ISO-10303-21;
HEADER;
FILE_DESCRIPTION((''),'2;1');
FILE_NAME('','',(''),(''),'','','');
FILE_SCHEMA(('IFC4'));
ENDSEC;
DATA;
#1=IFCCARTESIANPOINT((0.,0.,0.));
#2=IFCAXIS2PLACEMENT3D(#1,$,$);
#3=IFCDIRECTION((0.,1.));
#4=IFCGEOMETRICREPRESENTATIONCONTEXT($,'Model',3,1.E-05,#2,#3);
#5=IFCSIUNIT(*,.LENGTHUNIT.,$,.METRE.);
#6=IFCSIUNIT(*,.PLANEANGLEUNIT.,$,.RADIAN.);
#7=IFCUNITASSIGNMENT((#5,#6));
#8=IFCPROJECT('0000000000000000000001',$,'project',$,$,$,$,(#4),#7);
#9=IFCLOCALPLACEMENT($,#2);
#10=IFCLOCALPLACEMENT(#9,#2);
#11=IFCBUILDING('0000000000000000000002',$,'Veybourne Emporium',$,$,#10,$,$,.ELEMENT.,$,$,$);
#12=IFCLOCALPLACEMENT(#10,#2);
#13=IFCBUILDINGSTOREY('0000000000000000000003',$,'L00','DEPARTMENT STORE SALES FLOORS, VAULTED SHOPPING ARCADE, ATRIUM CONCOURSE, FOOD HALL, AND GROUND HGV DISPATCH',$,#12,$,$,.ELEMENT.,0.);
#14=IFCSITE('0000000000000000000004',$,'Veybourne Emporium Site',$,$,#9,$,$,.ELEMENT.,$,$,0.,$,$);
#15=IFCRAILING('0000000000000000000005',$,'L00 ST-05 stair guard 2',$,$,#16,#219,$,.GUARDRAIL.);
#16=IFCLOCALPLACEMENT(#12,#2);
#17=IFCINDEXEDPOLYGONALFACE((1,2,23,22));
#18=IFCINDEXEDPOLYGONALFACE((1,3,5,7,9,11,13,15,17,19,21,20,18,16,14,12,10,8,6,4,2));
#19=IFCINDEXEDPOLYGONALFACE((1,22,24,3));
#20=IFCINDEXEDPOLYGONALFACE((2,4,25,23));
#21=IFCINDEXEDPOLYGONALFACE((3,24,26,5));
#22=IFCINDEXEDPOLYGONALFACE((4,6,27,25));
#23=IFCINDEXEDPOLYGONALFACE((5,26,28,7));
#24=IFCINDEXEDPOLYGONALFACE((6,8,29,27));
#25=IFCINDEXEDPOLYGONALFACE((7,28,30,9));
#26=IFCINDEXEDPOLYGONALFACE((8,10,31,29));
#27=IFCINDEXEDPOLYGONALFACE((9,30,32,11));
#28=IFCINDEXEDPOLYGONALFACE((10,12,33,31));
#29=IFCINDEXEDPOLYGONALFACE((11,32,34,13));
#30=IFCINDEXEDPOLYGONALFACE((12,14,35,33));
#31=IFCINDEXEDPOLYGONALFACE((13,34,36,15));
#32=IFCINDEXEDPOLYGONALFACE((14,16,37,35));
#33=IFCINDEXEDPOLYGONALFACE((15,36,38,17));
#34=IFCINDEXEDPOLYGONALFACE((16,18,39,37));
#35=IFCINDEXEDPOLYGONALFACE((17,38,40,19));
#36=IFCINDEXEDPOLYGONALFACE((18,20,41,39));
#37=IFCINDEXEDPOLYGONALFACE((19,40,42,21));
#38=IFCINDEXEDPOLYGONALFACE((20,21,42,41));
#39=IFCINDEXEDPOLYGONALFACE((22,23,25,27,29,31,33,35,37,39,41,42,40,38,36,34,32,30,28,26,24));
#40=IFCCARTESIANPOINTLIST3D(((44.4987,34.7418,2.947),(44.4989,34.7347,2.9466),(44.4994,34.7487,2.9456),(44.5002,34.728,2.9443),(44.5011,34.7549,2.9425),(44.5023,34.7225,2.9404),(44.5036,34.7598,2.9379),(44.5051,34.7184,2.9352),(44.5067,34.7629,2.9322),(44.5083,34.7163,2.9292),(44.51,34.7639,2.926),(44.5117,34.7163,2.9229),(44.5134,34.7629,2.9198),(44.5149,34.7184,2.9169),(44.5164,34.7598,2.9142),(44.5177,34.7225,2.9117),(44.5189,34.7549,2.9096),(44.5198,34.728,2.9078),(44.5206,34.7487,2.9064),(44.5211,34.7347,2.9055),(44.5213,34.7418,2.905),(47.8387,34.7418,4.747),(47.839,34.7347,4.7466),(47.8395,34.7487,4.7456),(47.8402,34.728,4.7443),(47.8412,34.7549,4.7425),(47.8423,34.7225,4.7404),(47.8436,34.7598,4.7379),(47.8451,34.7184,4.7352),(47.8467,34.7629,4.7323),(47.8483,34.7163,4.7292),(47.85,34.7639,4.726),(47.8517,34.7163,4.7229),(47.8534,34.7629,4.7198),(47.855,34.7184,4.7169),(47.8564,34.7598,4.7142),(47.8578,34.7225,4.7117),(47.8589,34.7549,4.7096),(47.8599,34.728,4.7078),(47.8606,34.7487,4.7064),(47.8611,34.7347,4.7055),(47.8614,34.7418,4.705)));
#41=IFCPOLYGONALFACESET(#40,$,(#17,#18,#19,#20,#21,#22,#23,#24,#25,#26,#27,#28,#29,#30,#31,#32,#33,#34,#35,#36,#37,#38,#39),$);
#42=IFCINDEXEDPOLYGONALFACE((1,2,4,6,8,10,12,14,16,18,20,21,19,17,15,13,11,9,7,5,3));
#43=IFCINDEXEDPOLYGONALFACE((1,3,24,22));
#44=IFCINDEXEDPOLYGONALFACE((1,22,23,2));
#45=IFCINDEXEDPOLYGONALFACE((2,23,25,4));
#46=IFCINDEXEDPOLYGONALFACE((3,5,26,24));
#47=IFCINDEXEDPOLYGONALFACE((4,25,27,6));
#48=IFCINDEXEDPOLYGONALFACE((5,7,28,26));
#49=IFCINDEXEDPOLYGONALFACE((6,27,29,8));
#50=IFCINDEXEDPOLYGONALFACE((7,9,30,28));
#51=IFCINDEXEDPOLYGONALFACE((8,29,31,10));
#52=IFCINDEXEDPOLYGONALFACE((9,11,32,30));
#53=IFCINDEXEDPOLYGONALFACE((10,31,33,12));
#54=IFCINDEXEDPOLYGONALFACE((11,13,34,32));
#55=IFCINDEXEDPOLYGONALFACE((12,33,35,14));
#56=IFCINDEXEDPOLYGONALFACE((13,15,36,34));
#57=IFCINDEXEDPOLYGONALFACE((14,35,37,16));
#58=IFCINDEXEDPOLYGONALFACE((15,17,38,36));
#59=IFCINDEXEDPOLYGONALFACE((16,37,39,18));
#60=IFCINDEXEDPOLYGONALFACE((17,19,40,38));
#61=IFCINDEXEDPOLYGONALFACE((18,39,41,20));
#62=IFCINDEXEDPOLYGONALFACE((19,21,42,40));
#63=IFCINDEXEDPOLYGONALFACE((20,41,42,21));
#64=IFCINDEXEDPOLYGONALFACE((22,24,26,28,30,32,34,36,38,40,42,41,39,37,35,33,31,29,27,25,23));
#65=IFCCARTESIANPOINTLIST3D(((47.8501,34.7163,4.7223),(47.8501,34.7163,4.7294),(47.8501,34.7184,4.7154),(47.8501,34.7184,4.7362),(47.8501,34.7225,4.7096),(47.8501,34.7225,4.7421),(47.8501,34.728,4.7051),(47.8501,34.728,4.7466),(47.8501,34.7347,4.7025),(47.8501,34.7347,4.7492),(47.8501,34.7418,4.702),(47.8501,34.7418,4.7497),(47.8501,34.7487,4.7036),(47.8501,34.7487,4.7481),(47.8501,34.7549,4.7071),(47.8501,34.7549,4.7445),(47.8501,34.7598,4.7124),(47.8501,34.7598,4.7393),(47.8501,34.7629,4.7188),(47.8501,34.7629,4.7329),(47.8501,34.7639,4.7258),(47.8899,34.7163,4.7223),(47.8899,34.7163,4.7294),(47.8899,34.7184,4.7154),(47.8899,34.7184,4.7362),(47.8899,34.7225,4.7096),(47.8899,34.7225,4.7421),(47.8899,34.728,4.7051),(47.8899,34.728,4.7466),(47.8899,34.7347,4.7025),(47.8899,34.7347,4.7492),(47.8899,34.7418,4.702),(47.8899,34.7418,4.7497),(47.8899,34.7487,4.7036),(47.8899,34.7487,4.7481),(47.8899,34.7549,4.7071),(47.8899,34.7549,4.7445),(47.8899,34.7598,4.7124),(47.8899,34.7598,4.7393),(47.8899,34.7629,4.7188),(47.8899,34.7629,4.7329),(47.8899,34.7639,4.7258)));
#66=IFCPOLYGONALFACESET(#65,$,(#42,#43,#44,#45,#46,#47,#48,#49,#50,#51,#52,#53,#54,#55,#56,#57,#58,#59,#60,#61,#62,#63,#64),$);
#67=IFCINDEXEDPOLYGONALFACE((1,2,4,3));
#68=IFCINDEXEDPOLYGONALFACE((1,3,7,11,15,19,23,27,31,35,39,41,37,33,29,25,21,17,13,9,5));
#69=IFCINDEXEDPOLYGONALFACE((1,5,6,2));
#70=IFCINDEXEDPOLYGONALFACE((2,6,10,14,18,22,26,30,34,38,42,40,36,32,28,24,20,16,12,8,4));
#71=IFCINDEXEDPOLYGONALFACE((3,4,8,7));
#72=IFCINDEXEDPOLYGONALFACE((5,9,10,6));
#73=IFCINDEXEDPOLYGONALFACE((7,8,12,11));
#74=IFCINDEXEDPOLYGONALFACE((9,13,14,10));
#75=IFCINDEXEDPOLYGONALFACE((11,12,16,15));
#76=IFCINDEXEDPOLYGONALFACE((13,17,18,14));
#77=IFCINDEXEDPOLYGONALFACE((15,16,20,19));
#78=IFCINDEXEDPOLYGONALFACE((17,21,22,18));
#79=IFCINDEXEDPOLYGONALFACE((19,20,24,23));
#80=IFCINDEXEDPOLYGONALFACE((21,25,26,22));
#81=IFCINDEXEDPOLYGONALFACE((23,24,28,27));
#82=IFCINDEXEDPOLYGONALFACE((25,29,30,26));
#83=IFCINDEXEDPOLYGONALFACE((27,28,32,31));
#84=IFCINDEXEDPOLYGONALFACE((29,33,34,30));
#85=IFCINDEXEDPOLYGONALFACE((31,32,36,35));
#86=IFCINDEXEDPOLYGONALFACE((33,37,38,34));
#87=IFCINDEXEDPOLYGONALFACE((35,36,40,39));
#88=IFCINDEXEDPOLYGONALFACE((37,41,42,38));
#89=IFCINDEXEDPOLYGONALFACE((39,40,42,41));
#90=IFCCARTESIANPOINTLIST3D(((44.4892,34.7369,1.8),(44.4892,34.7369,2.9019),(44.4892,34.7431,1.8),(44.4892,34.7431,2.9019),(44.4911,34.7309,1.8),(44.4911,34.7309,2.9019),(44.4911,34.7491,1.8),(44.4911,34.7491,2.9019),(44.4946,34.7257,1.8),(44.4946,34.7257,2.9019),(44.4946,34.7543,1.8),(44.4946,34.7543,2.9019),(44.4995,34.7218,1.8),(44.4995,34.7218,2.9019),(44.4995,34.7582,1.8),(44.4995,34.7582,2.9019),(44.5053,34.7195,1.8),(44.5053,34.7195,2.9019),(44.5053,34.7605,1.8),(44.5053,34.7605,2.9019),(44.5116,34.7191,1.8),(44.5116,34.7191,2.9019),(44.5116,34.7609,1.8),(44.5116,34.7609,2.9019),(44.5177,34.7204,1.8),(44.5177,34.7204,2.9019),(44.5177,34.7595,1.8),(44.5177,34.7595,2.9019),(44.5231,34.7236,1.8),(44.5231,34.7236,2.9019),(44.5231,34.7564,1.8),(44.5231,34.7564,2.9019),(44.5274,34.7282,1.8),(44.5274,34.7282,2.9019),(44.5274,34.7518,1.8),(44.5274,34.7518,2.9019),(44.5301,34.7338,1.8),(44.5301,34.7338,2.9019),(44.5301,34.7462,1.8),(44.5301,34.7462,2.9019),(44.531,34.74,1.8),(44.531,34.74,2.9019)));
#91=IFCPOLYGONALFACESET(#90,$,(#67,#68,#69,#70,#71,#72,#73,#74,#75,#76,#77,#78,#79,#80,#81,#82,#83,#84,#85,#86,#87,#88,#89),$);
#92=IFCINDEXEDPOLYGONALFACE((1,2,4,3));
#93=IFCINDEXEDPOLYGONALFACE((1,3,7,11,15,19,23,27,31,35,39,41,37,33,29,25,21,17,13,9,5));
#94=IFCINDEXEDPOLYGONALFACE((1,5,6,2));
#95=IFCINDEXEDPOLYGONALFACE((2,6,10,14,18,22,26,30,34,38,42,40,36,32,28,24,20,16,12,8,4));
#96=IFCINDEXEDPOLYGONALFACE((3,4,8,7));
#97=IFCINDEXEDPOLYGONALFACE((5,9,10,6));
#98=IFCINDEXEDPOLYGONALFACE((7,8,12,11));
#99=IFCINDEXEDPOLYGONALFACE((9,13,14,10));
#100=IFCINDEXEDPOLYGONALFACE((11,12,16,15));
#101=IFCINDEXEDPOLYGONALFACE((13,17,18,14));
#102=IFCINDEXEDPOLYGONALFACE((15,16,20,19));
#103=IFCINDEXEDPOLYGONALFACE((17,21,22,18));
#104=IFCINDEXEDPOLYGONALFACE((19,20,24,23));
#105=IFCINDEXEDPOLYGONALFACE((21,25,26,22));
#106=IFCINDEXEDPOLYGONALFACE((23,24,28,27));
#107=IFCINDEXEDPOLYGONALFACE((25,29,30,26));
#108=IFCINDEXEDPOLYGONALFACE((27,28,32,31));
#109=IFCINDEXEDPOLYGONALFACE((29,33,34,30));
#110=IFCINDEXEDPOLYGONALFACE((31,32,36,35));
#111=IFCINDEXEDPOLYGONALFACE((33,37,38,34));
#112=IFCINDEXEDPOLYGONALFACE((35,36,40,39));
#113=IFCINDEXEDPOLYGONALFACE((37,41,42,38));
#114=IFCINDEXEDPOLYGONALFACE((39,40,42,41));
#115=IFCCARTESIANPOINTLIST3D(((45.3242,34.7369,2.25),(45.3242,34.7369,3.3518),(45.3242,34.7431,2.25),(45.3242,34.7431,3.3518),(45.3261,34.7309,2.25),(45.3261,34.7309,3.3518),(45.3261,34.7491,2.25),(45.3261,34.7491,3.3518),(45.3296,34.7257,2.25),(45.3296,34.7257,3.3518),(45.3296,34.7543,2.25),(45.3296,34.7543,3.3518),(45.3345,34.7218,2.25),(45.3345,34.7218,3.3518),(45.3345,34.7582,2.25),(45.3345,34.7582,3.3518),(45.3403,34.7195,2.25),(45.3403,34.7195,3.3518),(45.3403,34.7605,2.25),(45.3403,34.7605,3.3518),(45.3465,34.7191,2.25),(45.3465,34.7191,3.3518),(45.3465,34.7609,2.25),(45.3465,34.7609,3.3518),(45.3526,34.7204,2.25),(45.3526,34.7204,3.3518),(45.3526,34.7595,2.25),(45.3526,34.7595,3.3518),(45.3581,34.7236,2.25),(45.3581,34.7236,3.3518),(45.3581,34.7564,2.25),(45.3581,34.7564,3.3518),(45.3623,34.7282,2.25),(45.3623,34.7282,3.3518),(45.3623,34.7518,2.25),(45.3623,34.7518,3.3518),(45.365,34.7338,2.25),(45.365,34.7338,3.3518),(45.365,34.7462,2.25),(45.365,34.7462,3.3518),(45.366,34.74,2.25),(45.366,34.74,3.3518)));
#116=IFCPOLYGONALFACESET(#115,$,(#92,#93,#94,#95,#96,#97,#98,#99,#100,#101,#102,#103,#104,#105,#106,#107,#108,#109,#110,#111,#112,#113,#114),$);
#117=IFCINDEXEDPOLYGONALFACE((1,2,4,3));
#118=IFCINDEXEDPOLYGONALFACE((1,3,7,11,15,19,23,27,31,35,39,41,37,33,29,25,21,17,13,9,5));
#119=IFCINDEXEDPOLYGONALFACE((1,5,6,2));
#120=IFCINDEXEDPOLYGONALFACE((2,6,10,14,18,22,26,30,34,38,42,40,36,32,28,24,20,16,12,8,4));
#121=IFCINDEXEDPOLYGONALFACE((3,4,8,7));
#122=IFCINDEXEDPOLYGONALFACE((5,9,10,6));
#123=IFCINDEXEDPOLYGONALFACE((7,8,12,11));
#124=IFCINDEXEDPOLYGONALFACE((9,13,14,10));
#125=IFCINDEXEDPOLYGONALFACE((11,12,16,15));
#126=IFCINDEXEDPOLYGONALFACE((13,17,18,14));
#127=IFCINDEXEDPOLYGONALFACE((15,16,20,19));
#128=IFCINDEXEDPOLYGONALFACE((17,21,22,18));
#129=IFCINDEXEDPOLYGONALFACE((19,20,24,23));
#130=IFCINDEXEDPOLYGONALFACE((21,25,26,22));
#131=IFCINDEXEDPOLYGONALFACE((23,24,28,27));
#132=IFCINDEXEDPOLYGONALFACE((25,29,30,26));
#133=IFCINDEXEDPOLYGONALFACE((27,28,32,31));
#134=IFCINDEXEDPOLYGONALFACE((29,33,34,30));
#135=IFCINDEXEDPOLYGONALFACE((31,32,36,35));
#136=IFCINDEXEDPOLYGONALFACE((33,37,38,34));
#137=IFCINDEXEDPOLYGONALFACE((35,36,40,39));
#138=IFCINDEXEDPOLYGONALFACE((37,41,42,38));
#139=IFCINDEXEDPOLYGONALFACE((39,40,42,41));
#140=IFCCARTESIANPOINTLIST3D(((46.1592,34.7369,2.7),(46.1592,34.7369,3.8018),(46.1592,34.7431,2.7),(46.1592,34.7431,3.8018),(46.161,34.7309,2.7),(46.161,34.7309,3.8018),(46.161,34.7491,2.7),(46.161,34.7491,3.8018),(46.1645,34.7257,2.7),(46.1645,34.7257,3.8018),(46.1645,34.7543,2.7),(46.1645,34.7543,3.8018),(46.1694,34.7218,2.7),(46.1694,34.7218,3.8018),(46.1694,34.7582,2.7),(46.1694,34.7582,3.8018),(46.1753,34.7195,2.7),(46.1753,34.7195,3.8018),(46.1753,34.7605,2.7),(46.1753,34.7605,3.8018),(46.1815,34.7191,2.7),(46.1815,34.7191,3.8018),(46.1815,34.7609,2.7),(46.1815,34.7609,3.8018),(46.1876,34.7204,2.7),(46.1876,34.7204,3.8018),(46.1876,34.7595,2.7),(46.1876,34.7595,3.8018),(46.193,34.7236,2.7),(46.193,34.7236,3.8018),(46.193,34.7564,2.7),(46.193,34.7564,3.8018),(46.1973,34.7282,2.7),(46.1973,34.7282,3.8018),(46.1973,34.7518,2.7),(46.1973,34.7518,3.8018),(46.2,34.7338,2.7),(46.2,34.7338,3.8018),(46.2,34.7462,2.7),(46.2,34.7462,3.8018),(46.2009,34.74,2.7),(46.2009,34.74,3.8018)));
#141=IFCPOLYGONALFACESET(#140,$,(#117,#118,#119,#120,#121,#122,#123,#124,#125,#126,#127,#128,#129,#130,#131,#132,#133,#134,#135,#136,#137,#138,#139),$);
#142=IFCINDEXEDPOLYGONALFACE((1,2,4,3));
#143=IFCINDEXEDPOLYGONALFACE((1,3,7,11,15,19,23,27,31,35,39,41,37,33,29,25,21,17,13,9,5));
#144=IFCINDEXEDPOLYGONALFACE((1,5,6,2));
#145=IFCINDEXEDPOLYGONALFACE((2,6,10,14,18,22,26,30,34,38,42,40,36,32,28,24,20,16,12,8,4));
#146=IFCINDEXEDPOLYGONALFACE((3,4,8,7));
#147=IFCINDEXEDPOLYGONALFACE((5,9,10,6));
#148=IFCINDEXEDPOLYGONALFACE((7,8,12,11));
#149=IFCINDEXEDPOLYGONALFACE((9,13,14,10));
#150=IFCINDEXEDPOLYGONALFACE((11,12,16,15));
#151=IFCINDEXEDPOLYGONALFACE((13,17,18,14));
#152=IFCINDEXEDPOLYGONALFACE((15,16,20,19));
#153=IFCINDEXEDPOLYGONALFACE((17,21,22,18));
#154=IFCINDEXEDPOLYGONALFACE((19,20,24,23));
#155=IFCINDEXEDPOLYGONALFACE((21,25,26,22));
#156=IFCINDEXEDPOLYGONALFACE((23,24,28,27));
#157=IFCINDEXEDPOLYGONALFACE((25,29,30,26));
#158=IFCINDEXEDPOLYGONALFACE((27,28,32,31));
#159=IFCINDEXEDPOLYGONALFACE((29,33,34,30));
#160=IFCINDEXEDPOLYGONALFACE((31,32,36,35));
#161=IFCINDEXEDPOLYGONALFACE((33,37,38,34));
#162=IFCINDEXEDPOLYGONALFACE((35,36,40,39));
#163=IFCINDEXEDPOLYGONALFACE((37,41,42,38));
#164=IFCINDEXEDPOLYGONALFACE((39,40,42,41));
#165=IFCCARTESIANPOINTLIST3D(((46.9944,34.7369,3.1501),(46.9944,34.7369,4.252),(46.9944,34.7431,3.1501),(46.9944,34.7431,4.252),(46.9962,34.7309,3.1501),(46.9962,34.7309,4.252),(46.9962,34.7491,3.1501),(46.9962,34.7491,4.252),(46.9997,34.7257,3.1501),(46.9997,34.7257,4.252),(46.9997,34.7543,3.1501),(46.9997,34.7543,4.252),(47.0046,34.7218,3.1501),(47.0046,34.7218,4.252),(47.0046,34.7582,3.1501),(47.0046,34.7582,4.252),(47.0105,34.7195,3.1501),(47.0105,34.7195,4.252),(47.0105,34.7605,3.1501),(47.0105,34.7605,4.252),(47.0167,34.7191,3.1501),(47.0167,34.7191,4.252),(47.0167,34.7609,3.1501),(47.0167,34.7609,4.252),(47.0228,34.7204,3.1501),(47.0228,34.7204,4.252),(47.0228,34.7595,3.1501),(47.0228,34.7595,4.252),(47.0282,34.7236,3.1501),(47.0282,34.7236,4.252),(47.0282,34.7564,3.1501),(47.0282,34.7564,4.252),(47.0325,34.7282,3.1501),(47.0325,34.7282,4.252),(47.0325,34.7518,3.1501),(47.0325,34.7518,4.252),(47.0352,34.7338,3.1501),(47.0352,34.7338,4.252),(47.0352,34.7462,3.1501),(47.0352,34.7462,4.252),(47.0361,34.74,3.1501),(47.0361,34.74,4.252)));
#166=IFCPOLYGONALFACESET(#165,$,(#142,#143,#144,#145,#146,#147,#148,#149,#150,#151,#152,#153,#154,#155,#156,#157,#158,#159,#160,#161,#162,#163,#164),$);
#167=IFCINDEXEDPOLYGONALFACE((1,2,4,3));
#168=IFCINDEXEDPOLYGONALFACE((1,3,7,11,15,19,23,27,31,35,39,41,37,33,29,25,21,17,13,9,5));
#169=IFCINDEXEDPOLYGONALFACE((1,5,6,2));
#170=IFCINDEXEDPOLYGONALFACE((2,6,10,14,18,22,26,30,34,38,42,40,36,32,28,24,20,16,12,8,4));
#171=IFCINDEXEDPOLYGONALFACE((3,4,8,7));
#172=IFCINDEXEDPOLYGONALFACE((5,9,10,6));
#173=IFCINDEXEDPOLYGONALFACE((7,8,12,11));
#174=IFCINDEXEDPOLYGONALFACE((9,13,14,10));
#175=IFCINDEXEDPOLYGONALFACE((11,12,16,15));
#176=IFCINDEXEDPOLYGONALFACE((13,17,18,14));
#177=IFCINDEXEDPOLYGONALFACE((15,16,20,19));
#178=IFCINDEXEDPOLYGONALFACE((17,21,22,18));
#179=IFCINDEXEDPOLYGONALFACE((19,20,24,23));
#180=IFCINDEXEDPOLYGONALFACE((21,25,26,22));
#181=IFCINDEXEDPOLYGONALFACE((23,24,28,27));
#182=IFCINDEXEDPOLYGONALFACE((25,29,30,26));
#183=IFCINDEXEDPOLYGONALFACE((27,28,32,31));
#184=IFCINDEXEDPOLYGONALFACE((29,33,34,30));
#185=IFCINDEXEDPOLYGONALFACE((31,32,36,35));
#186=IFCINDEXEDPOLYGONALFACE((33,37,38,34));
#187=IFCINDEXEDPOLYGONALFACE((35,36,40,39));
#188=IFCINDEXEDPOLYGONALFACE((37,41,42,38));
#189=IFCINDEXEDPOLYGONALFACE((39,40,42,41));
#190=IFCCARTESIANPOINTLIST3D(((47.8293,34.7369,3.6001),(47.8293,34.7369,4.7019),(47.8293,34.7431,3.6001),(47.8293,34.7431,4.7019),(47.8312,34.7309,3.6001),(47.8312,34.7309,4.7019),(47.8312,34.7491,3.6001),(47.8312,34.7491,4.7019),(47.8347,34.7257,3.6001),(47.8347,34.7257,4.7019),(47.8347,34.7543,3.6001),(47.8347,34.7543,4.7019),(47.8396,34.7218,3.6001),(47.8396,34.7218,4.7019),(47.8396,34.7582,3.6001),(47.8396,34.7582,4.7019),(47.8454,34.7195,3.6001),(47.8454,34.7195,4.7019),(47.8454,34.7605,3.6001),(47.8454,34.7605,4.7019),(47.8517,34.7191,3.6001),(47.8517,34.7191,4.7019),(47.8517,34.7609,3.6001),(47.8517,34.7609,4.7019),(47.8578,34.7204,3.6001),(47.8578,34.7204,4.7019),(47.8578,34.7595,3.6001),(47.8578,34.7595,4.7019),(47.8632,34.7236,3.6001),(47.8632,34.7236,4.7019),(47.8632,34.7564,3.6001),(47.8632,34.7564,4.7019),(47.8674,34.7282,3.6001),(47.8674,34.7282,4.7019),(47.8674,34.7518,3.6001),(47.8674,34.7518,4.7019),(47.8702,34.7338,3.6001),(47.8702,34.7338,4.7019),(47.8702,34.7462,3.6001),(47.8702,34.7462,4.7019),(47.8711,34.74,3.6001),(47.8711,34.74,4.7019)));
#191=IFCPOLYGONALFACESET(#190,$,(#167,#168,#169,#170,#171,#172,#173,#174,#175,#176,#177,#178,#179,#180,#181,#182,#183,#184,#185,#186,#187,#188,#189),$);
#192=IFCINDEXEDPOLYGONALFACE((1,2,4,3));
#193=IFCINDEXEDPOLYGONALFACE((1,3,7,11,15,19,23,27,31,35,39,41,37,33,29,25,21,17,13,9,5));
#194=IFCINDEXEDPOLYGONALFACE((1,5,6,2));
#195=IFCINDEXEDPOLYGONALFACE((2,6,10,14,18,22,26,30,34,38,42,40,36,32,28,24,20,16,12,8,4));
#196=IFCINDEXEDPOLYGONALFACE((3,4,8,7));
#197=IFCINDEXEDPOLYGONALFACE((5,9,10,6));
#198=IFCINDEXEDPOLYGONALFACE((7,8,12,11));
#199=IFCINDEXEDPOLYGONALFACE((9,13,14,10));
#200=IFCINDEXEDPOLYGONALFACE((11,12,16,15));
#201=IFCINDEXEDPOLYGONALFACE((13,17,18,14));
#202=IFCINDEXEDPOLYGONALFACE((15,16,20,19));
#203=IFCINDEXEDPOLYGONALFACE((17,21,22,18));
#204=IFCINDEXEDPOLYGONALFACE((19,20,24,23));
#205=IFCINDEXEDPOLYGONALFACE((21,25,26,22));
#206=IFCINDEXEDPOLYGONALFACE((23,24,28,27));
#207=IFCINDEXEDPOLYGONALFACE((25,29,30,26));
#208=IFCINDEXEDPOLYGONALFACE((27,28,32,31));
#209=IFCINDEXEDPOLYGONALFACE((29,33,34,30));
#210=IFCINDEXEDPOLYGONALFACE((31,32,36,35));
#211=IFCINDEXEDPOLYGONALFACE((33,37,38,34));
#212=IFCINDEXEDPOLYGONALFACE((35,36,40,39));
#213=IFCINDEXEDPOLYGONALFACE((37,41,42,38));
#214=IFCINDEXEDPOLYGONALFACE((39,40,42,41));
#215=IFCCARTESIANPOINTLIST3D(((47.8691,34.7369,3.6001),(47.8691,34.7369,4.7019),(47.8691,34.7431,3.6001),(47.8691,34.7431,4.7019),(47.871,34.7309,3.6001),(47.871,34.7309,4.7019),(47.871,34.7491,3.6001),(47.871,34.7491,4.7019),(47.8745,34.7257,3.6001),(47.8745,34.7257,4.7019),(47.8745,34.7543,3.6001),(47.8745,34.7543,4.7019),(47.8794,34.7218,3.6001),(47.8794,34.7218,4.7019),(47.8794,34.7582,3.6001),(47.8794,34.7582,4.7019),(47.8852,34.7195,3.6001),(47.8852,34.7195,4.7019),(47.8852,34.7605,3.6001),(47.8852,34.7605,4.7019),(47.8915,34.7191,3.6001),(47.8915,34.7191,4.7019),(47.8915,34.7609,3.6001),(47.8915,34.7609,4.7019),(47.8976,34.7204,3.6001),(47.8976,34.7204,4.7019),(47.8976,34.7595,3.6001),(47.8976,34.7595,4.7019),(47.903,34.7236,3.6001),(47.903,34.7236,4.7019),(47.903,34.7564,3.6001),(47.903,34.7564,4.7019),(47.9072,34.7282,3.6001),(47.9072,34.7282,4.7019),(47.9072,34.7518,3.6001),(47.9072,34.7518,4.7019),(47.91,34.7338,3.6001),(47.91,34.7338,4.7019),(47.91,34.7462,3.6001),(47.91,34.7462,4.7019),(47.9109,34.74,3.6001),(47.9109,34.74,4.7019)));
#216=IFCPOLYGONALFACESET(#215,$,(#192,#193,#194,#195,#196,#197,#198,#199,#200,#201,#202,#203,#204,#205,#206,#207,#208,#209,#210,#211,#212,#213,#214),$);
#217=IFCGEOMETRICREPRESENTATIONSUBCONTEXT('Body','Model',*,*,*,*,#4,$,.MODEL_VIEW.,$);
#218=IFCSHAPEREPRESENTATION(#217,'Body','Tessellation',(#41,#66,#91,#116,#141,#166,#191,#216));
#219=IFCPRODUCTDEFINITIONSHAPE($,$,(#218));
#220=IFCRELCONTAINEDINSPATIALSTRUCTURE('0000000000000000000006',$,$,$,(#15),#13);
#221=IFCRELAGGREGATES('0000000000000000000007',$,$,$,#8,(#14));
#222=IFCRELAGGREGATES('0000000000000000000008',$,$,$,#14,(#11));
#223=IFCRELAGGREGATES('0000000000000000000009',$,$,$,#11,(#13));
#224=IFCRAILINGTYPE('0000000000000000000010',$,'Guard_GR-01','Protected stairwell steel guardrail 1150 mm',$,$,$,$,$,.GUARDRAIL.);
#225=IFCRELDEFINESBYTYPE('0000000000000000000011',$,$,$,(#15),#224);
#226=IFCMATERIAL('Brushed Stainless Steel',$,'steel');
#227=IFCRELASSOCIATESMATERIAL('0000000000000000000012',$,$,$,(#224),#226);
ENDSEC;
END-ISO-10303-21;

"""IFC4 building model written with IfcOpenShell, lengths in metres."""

from ifc_helpers import new_model, si_unit, direction, frame, origin, origin_2d, place, context, subcontext, project, spatial, circle, extrude, material, type_object, element, save


model = new_model("IFC4")

# Units and contexts
model_context = context("Model", 3, precision=1e-05, world=origin(), true_north=direction((0.0, 1.0)))
body_context = subcontext(model_context, "Body", "Model", "MODEL_VIEW")
ifc_project = project(units=[si_unit("LENGTHUNIT", "METRE"), si_unit("PLANEANGLEUNIT", "RADIAN")], contexts=[model_context])

# Site, building, storey
site_placement = place(None, origin())
site = spatial("IfcSite", under=ifc_project, at=site_placement, Name="Veybourne Emporium Site", CompositionType="ELEMENT", RefElevation=0.0)
building_placement = place(site_placement, origin())
building = spatial("IfcBuilding", under=site, at=building_placement, Name="Veybourne Emporium", CompositionType="ELEMENT")
storey_placement = place(building_placement, origin())
storey = spatial("IfcBuildingStorey", under=building, at=storey_placement, Name="L00", Description="DEPARTMENT STORE SALES FLOORS, VAULTED SHOPPING ARCADE, ATRIUM CONCOURSE, FOOD HALL, AND GROUND HGV DISPATCH", CompositionType="ELEMENT", Elevation=0.0)

# Railing
ifc_material_1 = material(Name="Brushed Stainless Steel", Category="steel")
railing_type_1 = type_object("IfcRailingType", Name="Guard_GR-01", Description="Protected stairwell steel guardrail 1150 mm", PredefinedType="GUARDRAIL", material=ifc_material_1)
railing_1_placement = place(storey_placement, frame((44.51, 34.74, 1.8)))
element("IfcRailing", 1, at=railing_1_placement, inside=storey, type_object=railing_type_1, Name="L00 ST-05 stair guard 2", PredefinedType="GUARDRAIL", context=body_context, shape_type="SweptSolid", body=[
    extrude(circle(Radius=0.0239, at=origin_2d()), frame((0.0, 0.0, 1.126), z_axis=(0.880302, 0.0, 0.474414), x_axis=(0.0, 1.0, 0.0)), (0.0, 0.0, 1.0), 3.7942),
    extrude(circle(Radius=0.0239, at=origin_2d()), frame((3.3401, 0.0, 2.9258), z_axis=(1.0, 0.0, 0.0), x_axis=(0.0, 1.0, 0.0)), (0.0, 0.0, 1.0), 0.0398),
    extrude(circle(Radius=0.021, at=origin_2d()), origin(), (0.0, 0.0, 1.0), 1.1018),
    extrude(circle(Radius=0.021, at=origin_2d()), frame((0.835, 0.0, 0.45)), (0.0, 0.0, 1.0), 1.1018),
    extrude(circle(Radius=0.021, at=origin_2d()), frame((1.6699, 0.0, 0.8999)), (0.0, 0.0, 1.0), 1.1018),
    extrude(circle(Radius=0.021, at=origin_2d()), frame((2.5051, 0.0, 1.3501)), (0.0, 0.0, 1.0), 1.1018),
    extrude(circle(Radius=0.021, at=origin_2d()), frame((3.3401, 0.0, 1.8)), (0.0, 0.0, 1.0), 1.1018),
    extrude(circle(Radius=0.021, at=origin_2d()), frame((3.3799, 0.0, 1.8)), (0.0, 0.0, 1.0), 1.1018),
])

save(model, "model.ifc")
